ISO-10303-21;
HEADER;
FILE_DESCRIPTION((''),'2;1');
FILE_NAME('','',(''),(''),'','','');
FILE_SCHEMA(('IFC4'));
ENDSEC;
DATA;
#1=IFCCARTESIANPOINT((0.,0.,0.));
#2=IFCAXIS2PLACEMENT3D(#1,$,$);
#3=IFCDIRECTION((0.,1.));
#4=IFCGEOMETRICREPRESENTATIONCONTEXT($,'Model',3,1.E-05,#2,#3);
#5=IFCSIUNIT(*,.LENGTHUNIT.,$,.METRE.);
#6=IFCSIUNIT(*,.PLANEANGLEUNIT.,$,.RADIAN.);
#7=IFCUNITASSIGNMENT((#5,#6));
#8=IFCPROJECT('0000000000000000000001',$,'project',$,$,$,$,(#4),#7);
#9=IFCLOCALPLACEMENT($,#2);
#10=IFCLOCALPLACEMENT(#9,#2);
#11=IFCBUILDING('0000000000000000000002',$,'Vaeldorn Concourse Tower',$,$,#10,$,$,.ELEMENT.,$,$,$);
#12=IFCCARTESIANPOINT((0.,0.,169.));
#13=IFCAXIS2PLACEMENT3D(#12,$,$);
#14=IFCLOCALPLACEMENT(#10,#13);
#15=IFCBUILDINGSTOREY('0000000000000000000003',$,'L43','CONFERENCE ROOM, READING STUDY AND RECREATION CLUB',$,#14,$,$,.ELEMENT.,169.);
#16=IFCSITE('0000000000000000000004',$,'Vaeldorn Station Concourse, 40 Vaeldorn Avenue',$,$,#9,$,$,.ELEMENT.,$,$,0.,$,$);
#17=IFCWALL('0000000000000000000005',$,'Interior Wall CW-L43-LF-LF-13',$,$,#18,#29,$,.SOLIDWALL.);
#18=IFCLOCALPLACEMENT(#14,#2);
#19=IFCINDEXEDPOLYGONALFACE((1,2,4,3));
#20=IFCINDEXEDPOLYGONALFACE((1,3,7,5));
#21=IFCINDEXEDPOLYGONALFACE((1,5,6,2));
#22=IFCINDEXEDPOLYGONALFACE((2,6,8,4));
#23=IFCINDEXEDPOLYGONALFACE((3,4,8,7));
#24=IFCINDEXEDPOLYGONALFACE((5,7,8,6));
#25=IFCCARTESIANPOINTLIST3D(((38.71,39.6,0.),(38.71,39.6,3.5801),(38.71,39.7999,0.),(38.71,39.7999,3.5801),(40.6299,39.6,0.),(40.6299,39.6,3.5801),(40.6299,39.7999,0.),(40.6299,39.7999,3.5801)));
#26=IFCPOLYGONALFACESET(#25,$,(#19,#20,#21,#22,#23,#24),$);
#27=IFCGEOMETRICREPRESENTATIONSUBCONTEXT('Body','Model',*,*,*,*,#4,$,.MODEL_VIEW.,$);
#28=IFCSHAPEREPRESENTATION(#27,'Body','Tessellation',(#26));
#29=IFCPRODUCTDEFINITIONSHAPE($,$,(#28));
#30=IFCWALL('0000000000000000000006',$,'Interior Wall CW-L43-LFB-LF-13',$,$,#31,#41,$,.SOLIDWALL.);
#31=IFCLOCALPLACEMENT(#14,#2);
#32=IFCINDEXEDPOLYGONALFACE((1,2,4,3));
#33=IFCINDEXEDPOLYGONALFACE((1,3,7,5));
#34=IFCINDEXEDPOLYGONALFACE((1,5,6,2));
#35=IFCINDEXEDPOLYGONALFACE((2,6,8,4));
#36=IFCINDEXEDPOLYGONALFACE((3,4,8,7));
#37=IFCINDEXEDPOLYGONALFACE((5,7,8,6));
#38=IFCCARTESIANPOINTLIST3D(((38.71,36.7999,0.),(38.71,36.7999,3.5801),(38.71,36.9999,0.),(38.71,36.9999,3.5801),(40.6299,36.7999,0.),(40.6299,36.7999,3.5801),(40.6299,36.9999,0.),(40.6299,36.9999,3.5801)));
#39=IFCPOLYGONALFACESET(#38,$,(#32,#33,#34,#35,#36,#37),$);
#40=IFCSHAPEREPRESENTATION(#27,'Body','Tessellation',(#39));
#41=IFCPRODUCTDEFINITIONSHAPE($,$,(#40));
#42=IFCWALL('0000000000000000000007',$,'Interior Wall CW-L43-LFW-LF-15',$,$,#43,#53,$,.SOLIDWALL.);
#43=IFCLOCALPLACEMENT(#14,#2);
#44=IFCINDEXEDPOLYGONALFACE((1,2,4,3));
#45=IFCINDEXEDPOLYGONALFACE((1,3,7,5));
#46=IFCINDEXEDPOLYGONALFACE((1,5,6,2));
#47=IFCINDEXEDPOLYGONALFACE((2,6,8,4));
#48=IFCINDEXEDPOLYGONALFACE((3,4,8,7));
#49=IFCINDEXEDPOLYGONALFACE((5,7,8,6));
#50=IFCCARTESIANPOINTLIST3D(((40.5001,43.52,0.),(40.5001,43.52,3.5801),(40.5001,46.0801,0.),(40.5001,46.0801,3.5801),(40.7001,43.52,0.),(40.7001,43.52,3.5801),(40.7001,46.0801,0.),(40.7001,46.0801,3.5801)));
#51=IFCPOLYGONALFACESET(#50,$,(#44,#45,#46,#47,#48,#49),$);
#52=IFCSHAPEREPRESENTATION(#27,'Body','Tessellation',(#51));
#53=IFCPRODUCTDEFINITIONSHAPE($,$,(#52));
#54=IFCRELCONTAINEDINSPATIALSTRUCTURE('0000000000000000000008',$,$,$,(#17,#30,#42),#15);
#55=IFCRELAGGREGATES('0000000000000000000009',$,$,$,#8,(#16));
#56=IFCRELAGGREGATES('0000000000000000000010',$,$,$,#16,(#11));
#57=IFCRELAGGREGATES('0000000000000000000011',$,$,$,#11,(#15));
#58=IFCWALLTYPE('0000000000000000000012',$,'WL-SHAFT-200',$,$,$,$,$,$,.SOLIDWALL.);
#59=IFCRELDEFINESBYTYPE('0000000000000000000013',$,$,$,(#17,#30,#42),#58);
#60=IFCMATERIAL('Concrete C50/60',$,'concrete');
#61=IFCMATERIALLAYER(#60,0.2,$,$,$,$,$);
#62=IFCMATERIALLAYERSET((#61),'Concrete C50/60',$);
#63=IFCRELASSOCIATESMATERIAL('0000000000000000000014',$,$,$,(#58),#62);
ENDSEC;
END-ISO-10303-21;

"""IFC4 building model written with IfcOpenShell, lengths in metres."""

from ifc_helpers import new_model, si_unit, direction, frame, frame_2d, origin, place, context, subcontext, project, spatial, rectangle, extrude, material, layer, layer_set, type_object, element, save


model = new_model("IFC4")

# Units and contexts
model_context = context("Model", 3, precision=1e-05, world=origin(), true_north=direction((0.0, 1.0)))
body_context = subcontext(model_context, "Body", "Model", "MODEL_VIEW")
ifc_project = project(units=[si_unit("LENGTHUNIT", "METRE"), si_unit("PLANEANGLEUNIT", "RADIAN")], contexts=[model_context])

# Site, building, storey
site_placement = place(None, origin())
site = spatial("IfcSite", under=ifc_project, at=site_placement, Name="Vaeldorn Station Concourse, 40 Vaeldorn Avenue", CompositionType="ELEMENT", RefElevation=0.0)
building_placement = place(site_placement, origin())
building = spatial("IfcBuilding", under=site, at=building_placement, Name="Vaeldorn Concourse Tower", CompositionType="ELEMENT")
storey_placement = place(building_placement, frame((0.0, 0.0, 169.0)))
storey = spatial("IfcBuildingStorey", under=building, at=storey_placement, Name="L43", Description="CONFERENCE ROOM, READING STUDY AND RECREATION CLUB", CompositionType="ELEMENT", Elevation=169.0)

# Shared definitions
ifc_material_1 = material(Name="Concrete C50/60", Category="concrete")

# Shared definitions
ifc_layer_1 = layer(ifc_material_1, 0.2)
ifc_layer_set_1 = layer_set([ifc_layer_1], Name="Concrete C50/60")
wall_type_1 = type_object("IfcWallType", Name="WL-SHAFT-200", PredefinedType="SOLIDWALL", material=ifc_layer_set_1)

# Walls
for number, where, z_axis, x_axis, name in (
    (1, (38.71, 39.7, 0.0), (0.0, 0.0, 1.0), (1.0, 0.0, 0.0), "Interior Wall CW-L43-LF-LF-13"),
    (2, (38.71, 36.8999, 0.0), (0.0, 0.0, 1.0), (1.0, 0.0, 0.0), "Interior Wall CW-L43-LFB-LF-13"),
):
    element("IfcWall", number, at=place(storey_placement, frame(where, z_axis=z_axis, x_axis=x_axis)), inside=storey, type_object=wall_type_1, Name=name, PredefinedType="SOLIDWALL", context=body_context, shape_type="SweptSolid", body=[
        extrude(rectangle(XDim=1.9199, YDim=0.2, at=frame_2d((0.96, 0.0))), origin(), (0.0, 0.0, 1.0), 3.5801),
    ])
wall_1_placement = place(storey_placement, frame((40.6001, 43.52, 0.0), z_axis=(0.0, 0.0, 1.0), x_axis=(0.0, 1.0, 0.0)))
element("IfcWall", 3, at=wall_1_placement, inside=storey, type_object=wall_type_1, Name="Interior Wall CW-L43-LFW-LF-15", PredefinedType="SOLIDWALL", context=body_context, shape_type="SweptSolid", body=[
    extrude(rectangle(XDim=2.5601, YDim=0.2, at=frame_2d((1.28, 0.0))), origin(), (0.0, 0.0, 1.0), 3.5801),
])

save(model, "model.ifc")
